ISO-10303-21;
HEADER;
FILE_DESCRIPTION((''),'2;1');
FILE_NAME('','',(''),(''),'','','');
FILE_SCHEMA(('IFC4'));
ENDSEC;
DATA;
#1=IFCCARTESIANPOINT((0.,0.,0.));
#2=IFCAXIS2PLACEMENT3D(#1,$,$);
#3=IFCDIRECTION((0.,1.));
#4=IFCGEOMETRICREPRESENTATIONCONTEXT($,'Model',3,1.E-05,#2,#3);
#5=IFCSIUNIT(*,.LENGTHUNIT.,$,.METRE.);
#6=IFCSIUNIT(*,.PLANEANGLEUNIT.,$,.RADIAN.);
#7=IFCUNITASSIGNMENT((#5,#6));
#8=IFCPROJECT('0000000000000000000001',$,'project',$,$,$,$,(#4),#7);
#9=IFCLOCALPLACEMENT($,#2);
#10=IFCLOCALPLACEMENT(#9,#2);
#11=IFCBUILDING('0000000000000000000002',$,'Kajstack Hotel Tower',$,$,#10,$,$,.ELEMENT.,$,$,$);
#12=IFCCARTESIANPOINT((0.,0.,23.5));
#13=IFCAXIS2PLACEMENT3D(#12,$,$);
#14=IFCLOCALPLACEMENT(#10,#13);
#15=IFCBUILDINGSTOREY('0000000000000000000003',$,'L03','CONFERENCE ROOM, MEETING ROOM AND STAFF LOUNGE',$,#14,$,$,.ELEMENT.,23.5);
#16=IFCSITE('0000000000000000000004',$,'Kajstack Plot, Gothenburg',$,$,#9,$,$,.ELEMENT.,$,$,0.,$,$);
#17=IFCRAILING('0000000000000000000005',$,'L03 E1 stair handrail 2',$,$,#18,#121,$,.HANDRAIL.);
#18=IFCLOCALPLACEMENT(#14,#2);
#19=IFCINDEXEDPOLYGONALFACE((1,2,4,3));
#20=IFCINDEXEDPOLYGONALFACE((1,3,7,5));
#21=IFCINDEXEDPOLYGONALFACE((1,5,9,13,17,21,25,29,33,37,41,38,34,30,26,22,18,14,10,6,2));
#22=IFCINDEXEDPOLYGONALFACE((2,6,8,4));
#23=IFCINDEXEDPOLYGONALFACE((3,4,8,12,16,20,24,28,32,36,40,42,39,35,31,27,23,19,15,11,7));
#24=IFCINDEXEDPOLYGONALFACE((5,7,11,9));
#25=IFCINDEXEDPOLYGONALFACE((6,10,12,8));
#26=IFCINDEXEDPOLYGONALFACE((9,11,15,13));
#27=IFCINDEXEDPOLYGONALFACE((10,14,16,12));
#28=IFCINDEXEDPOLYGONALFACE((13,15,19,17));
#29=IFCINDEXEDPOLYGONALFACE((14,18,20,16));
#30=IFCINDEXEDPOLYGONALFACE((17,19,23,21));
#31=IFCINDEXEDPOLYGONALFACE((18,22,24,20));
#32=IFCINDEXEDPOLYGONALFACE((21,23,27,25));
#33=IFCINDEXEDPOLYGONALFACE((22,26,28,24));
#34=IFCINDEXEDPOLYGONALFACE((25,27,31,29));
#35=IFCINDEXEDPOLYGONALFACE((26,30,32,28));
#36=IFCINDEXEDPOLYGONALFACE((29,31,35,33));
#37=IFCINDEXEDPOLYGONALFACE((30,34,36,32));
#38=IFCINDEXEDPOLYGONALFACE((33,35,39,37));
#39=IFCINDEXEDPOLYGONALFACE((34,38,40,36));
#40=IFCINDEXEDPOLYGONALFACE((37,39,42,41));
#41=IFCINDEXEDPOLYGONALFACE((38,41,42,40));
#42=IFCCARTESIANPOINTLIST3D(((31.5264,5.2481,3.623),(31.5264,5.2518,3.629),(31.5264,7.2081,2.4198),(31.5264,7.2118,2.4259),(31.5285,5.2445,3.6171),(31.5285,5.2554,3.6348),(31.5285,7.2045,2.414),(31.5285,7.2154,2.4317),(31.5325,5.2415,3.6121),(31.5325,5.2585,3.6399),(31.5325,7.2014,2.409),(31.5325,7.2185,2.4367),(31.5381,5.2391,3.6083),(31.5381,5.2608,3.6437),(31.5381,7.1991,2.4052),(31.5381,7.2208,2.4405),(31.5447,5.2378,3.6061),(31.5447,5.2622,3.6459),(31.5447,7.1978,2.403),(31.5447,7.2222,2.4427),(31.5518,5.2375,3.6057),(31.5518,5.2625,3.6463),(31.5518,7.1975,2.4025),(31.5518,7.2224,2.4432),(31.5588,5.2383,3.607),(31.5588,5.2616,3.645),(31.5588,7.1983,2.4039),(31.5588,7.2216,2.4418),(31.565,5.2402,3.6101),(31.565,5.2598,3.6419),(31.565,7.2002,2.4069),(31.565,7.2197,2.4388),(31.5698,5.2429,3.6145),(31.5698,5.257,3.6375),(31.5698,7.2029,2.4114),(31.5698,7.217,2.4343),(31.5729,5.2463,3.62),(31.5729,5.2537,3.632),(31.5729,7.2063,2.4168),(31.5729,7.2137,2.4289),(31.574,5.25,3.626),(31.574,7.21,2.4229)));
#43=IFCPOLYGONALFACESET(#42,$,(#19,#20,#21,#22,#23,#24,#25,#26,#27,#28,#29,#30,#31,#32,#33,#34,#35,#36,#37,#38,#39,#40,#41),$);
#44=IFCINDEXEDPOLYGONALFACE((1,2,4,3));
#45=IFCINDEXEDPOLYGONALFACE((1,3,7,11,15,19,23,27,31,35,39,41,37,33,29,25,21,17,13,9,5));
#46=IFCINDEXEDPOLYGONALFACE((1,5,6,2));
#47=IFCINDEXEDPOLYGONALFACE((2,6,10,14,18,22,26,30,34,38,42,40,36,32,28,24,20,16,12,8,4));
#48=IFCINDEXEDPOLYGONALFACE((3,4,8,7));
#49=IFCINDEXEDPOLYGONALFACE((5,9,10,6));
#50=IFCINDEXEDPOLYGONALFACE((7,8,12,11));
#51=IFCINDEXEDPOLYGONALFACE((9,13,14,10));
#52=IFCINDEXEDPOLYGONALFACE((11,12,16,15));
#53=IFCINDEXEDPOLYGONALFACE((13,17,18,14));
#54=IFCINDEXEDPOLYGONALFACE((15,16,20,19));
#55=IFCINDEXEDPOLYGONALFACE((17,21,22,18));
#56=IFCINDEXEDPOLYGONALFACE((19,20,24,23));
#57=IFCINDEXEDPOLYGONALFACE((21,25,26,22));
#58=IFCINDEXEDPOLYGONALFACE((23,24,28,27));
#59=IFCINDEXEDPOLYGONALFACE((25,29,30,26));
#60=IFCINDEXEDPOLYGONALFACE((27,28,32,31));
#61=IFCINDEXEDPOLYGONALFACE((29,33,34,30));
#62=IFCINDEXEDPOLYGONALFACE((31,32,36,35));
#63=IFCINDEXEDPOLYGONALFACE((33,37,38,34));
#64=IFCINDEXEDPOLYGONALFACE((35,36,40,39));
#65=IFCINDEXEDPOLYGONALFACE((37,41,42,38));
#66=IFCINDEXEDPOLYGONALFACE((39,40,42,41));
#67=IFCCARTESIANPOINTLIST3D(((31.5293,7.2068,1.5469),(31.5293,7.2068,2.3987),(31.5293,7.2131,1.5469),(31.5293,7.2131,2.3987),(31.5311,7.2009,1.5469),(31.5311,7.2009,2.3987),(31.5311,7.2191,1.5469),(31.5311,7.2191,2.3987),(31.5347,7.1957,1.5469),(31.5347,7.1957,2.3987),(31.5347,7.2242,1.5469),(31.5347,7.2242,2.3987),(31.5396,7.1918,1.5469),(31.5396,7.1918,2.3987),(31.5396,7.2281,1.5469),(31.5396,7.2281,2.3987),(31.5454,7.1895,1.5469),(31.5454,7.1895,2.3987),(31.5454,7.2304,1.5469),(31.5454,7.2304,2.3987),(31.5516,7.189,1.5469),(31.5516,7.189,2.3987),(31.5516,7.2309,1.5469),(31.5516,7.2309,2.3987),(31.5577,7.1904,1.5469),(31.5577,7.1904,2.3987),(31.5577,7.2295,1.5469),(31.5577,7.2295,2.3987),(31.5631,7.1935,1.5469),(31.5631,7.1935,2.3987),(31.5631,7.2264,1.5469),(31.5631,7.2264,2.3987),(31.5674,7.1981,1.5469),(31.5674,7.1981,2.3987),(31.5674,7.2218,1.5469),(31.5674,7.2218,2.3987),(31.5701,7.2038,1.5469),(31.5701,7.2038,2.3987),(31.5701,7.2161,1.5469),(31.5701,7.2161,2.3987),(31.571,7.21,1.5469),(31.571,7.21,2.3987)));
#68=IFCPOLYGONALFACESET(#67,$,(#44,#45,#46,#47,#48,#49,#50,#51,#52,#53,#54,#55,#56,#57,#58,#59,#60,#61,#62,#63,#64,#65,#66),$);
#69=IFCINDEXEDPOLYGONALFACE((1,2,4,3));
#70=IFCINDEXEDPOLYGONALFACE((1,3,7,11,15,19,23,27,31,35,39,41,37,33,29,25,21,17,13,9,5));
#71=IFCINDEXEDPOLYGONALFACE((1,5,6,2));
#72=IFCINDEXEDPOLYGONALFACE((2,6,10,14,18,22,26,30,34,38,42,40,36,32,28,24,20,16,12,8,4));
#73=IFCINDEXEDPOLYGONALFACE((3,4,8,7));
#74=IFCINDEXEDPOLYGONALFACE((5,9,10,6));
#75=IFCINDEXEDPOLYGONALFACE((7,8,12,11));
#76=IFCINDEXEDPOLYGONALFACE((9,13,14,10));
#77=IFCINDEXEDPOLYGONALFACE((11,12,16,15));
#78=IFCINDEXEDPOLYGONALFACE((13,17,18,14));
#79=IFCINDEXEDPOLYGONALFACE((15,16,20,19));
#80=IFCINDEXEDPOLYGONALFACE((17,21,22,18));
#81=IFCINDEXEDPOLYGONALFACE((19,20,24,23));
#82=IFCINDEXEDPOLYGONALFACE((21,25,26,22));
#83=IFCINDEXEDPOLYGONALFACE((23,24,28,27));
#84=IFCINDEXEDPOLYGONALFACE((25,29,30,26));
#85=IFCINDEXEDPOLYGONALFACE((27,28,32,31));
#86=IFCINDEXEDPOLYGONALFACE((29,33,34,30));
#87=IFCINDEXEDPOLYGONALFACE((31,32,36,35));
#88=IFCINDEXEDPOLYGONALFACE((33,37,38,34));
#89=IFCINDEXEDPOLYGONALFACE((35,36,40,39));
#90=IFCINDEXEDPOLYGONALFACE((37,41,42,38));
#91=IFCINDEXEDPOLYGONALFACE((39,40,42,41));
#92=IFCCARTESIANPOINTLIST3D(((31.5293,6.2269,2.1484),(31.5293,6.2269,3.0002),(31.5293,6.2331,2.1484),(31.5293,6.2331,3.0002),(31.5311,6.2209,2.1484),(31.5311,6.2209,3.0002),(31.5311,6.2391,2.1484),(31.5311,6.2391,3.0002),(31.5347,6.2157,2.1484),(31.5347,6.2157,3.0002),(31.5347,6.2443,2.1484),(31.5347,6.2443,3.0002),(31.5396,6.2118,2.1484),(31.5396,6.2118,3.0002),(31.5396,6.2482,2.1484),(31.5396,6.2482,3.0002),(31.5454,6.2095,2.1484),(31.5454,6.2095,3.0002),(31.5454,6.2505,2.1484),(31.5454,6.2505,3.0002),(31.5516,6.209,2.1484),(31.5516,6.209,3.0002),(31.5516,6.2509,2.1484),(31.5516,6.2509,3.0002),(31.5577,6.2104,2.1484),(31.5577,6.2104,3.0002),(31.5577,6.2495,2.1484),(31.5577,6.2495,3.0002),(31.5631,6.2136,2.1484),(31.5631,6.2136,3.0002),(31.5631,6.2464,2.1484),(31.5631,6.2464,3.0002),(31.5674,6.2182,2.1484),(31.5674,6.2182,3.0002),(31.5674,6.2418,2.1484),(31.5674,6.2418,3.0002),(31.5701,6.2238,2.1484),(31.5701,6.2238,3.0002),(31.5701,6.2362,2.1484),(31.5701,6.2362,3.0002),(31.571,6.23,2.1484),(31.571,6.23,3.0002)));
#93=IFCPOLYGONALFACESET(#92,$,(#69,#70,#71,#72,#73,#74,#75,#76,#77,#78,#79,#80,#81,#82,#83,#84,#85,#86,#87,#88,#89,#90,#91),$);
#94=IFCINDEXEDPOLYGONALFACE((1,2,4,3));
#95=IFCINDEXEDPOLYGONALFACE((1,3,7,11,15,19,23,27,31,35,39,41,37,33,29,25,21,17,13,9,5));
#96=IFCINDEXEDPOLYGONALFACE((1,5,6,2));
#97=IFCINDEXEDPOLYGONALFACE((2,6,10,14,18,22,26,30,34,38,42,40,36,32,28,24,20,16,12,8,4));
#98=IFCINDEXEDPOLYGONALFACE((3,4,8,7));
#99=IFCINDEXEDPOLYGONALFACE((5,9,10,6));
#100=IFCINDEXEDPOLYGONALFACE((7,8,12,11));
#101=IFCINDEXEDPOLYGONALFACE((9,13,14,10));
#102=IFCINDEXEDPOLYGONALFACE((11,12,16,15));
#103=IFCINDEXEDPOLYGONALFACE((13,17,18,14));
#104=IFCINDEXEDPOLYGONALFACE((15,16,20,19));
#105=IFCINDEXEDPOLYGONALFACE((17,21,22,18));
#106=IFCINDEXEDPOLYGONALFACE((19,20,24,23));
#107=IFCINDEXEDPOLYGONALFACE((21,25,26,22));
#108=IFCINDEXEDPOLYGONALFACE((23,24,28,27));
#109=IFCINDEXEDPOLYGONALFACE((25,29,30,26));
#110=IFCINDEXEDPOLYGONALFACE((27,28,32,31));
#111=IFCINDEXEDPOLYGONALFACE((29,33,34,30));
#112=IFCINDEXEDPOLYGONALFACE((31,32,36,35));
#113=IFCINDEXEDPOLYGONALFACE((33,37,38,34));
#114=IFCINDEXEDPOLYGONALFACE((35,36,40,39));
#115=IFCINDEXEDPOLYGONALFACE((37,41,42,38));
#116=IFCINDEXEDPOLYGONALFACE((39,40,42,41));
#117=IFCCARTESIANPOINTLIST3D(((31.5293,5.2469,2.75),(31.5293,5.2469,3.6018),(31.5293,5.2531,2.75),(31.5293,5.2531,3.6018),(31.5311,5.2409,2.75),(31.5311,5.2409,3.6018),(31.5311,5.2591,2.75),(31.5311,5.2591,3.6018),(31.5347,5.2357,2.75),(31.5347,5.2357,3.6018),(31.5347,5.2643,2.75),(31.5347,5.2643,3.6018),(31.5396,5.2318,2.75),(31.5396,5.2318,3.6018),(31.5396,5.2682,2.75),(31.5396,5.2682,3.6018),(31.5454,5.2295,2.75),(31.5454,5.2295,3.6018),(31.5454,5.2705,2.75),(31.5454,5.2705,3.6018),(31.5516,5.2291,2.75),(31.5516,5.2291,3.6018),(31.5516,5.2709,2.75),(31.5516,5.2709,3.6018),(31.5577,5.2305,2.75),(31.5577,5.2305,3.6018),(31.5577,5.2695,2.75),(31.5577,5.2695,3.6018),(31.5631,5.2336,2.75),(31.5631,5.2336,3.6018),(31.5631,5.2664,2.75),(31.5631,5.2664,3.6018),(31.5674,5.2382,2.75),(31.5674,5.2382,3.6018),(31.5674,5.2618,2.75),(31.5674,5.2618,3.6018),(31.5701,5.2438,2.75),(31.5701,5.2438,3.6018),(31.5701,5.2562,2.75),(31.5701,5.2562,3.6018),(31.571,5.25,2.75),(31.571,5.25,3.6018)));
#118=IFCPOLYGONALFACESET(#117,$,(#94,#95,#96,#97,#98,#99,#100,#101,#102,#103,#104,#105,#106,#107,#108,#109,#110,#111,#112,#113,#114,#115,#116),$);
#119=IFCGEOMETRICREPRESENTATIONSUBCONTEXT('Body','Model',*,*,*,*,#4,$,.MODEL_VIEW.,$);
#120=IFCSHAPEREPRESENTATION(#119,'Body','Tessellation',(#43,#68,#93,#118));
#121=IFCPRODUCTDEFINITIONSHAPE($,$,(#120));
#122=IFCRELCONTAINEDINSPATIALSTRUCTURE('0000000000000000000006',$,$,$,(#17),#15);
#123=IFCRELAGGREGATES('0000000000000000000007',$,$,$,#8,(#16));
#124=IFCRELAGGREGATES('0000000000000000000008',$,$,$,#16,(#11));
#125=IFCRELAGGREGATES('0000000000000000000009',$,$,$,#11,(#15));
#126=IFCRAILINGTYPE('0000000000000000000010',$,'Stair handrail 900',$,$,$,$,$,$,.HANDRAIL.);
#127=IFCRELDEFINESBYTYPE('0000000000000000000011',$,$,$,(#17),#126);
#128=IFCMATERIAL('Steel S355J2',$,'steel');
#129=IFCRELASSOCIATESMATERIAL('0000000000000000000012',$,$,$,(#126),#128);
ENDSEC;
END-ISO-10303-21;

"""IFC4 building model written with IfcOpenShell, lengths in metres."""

from ifc_helpers import new_model, si_unit, direction, frame, origin, origin_2d, place, context, subcontext, project, spatial, circle, extrude, material, type_object, element, save


model = new_model("IFC4")

# Units and contexts
model_context = context("Model", 3, precision=1e-05, world=origin(), true_north=direction((0.0, 1.0)))
body_context = subcontext(model_context, "Body", "Model", "MODEL_VIEW")
ifc_project = project(units=[si_unit("LENGTHUNIT", "METRE"), si_unit("PLANEANGLEUNIT", "RADIAN")], contexts=[model_context])

# Site, building, storey
site_placement = place(None, origin())
site = spatial("IfcSite", under=ifc_project, at=site_placement, Name="Kajstack Plot, Gothenburg", CompositionType="ELEMENT", RefElevation=0.0)
building_placement = place(site_placement, origin())
building = spatial("IfcBuilding", under=site, at=building_placement, Name="Kajstack Hotel Tower", CompositionType="ELEMENT")
storey_placement = place(building_placement, frame((0.0, 0.0, 23.5)))
storey = spatial("IfcBuildingStorey", under=building, at=storey_placement, Name="L03", Description="CONFERENCE ROOM, MEETING ROOM AND STAFF LOUNGE", CompositionType="ELEMENT", Elevation=23.5)

# Railing
ifc_material_1 = material(Name="Steel S355J2", Category="steel")
railing_type_1 = type_object("IfcRailingType", Name="Stair handrail 900", PredefinedType="HANDRAIL", material=ifc_material_1)
railing_1_placement = place(storey_placement, frame((31.55, 7.21, 1.5469)))
element("IfcRailing", 1, at=railing_1_placement, inside=storey, type_object=railing_type_1, Name="L03 E1 stair handrail 2", PredefinedType="HANDRAIL", context=body_context, shape_type="SweptSolid", body=[
    extrude(circle(Radius=0.0239, at=origin_2d()), frame((0.0, 0.0, 0.876), z_axis=(0.0, -0.852241, 0.523149), x_axis=(1.0, 0.0, 0.0)), (0.0, 0.0, 1.0), 2.2998),
    extrude(circle(Radius=0.021, at=origin_2d()), origin(), (0.0, 0.0, 1.0), 0.8518),
    extrude(circle(Radius=0.021, at=origin_2d()), frame((0.0, -0.98, 0.6016)), (0.0, 0.0, 1.0), 0.8518),
    extrude(circle(Radius=0.021, at=origin_2d()), frame((0.0, -1.96, 1.2031)), (0.0, 0.0, 1.0), 0.8518),
])

save(model, "model.ifc")
